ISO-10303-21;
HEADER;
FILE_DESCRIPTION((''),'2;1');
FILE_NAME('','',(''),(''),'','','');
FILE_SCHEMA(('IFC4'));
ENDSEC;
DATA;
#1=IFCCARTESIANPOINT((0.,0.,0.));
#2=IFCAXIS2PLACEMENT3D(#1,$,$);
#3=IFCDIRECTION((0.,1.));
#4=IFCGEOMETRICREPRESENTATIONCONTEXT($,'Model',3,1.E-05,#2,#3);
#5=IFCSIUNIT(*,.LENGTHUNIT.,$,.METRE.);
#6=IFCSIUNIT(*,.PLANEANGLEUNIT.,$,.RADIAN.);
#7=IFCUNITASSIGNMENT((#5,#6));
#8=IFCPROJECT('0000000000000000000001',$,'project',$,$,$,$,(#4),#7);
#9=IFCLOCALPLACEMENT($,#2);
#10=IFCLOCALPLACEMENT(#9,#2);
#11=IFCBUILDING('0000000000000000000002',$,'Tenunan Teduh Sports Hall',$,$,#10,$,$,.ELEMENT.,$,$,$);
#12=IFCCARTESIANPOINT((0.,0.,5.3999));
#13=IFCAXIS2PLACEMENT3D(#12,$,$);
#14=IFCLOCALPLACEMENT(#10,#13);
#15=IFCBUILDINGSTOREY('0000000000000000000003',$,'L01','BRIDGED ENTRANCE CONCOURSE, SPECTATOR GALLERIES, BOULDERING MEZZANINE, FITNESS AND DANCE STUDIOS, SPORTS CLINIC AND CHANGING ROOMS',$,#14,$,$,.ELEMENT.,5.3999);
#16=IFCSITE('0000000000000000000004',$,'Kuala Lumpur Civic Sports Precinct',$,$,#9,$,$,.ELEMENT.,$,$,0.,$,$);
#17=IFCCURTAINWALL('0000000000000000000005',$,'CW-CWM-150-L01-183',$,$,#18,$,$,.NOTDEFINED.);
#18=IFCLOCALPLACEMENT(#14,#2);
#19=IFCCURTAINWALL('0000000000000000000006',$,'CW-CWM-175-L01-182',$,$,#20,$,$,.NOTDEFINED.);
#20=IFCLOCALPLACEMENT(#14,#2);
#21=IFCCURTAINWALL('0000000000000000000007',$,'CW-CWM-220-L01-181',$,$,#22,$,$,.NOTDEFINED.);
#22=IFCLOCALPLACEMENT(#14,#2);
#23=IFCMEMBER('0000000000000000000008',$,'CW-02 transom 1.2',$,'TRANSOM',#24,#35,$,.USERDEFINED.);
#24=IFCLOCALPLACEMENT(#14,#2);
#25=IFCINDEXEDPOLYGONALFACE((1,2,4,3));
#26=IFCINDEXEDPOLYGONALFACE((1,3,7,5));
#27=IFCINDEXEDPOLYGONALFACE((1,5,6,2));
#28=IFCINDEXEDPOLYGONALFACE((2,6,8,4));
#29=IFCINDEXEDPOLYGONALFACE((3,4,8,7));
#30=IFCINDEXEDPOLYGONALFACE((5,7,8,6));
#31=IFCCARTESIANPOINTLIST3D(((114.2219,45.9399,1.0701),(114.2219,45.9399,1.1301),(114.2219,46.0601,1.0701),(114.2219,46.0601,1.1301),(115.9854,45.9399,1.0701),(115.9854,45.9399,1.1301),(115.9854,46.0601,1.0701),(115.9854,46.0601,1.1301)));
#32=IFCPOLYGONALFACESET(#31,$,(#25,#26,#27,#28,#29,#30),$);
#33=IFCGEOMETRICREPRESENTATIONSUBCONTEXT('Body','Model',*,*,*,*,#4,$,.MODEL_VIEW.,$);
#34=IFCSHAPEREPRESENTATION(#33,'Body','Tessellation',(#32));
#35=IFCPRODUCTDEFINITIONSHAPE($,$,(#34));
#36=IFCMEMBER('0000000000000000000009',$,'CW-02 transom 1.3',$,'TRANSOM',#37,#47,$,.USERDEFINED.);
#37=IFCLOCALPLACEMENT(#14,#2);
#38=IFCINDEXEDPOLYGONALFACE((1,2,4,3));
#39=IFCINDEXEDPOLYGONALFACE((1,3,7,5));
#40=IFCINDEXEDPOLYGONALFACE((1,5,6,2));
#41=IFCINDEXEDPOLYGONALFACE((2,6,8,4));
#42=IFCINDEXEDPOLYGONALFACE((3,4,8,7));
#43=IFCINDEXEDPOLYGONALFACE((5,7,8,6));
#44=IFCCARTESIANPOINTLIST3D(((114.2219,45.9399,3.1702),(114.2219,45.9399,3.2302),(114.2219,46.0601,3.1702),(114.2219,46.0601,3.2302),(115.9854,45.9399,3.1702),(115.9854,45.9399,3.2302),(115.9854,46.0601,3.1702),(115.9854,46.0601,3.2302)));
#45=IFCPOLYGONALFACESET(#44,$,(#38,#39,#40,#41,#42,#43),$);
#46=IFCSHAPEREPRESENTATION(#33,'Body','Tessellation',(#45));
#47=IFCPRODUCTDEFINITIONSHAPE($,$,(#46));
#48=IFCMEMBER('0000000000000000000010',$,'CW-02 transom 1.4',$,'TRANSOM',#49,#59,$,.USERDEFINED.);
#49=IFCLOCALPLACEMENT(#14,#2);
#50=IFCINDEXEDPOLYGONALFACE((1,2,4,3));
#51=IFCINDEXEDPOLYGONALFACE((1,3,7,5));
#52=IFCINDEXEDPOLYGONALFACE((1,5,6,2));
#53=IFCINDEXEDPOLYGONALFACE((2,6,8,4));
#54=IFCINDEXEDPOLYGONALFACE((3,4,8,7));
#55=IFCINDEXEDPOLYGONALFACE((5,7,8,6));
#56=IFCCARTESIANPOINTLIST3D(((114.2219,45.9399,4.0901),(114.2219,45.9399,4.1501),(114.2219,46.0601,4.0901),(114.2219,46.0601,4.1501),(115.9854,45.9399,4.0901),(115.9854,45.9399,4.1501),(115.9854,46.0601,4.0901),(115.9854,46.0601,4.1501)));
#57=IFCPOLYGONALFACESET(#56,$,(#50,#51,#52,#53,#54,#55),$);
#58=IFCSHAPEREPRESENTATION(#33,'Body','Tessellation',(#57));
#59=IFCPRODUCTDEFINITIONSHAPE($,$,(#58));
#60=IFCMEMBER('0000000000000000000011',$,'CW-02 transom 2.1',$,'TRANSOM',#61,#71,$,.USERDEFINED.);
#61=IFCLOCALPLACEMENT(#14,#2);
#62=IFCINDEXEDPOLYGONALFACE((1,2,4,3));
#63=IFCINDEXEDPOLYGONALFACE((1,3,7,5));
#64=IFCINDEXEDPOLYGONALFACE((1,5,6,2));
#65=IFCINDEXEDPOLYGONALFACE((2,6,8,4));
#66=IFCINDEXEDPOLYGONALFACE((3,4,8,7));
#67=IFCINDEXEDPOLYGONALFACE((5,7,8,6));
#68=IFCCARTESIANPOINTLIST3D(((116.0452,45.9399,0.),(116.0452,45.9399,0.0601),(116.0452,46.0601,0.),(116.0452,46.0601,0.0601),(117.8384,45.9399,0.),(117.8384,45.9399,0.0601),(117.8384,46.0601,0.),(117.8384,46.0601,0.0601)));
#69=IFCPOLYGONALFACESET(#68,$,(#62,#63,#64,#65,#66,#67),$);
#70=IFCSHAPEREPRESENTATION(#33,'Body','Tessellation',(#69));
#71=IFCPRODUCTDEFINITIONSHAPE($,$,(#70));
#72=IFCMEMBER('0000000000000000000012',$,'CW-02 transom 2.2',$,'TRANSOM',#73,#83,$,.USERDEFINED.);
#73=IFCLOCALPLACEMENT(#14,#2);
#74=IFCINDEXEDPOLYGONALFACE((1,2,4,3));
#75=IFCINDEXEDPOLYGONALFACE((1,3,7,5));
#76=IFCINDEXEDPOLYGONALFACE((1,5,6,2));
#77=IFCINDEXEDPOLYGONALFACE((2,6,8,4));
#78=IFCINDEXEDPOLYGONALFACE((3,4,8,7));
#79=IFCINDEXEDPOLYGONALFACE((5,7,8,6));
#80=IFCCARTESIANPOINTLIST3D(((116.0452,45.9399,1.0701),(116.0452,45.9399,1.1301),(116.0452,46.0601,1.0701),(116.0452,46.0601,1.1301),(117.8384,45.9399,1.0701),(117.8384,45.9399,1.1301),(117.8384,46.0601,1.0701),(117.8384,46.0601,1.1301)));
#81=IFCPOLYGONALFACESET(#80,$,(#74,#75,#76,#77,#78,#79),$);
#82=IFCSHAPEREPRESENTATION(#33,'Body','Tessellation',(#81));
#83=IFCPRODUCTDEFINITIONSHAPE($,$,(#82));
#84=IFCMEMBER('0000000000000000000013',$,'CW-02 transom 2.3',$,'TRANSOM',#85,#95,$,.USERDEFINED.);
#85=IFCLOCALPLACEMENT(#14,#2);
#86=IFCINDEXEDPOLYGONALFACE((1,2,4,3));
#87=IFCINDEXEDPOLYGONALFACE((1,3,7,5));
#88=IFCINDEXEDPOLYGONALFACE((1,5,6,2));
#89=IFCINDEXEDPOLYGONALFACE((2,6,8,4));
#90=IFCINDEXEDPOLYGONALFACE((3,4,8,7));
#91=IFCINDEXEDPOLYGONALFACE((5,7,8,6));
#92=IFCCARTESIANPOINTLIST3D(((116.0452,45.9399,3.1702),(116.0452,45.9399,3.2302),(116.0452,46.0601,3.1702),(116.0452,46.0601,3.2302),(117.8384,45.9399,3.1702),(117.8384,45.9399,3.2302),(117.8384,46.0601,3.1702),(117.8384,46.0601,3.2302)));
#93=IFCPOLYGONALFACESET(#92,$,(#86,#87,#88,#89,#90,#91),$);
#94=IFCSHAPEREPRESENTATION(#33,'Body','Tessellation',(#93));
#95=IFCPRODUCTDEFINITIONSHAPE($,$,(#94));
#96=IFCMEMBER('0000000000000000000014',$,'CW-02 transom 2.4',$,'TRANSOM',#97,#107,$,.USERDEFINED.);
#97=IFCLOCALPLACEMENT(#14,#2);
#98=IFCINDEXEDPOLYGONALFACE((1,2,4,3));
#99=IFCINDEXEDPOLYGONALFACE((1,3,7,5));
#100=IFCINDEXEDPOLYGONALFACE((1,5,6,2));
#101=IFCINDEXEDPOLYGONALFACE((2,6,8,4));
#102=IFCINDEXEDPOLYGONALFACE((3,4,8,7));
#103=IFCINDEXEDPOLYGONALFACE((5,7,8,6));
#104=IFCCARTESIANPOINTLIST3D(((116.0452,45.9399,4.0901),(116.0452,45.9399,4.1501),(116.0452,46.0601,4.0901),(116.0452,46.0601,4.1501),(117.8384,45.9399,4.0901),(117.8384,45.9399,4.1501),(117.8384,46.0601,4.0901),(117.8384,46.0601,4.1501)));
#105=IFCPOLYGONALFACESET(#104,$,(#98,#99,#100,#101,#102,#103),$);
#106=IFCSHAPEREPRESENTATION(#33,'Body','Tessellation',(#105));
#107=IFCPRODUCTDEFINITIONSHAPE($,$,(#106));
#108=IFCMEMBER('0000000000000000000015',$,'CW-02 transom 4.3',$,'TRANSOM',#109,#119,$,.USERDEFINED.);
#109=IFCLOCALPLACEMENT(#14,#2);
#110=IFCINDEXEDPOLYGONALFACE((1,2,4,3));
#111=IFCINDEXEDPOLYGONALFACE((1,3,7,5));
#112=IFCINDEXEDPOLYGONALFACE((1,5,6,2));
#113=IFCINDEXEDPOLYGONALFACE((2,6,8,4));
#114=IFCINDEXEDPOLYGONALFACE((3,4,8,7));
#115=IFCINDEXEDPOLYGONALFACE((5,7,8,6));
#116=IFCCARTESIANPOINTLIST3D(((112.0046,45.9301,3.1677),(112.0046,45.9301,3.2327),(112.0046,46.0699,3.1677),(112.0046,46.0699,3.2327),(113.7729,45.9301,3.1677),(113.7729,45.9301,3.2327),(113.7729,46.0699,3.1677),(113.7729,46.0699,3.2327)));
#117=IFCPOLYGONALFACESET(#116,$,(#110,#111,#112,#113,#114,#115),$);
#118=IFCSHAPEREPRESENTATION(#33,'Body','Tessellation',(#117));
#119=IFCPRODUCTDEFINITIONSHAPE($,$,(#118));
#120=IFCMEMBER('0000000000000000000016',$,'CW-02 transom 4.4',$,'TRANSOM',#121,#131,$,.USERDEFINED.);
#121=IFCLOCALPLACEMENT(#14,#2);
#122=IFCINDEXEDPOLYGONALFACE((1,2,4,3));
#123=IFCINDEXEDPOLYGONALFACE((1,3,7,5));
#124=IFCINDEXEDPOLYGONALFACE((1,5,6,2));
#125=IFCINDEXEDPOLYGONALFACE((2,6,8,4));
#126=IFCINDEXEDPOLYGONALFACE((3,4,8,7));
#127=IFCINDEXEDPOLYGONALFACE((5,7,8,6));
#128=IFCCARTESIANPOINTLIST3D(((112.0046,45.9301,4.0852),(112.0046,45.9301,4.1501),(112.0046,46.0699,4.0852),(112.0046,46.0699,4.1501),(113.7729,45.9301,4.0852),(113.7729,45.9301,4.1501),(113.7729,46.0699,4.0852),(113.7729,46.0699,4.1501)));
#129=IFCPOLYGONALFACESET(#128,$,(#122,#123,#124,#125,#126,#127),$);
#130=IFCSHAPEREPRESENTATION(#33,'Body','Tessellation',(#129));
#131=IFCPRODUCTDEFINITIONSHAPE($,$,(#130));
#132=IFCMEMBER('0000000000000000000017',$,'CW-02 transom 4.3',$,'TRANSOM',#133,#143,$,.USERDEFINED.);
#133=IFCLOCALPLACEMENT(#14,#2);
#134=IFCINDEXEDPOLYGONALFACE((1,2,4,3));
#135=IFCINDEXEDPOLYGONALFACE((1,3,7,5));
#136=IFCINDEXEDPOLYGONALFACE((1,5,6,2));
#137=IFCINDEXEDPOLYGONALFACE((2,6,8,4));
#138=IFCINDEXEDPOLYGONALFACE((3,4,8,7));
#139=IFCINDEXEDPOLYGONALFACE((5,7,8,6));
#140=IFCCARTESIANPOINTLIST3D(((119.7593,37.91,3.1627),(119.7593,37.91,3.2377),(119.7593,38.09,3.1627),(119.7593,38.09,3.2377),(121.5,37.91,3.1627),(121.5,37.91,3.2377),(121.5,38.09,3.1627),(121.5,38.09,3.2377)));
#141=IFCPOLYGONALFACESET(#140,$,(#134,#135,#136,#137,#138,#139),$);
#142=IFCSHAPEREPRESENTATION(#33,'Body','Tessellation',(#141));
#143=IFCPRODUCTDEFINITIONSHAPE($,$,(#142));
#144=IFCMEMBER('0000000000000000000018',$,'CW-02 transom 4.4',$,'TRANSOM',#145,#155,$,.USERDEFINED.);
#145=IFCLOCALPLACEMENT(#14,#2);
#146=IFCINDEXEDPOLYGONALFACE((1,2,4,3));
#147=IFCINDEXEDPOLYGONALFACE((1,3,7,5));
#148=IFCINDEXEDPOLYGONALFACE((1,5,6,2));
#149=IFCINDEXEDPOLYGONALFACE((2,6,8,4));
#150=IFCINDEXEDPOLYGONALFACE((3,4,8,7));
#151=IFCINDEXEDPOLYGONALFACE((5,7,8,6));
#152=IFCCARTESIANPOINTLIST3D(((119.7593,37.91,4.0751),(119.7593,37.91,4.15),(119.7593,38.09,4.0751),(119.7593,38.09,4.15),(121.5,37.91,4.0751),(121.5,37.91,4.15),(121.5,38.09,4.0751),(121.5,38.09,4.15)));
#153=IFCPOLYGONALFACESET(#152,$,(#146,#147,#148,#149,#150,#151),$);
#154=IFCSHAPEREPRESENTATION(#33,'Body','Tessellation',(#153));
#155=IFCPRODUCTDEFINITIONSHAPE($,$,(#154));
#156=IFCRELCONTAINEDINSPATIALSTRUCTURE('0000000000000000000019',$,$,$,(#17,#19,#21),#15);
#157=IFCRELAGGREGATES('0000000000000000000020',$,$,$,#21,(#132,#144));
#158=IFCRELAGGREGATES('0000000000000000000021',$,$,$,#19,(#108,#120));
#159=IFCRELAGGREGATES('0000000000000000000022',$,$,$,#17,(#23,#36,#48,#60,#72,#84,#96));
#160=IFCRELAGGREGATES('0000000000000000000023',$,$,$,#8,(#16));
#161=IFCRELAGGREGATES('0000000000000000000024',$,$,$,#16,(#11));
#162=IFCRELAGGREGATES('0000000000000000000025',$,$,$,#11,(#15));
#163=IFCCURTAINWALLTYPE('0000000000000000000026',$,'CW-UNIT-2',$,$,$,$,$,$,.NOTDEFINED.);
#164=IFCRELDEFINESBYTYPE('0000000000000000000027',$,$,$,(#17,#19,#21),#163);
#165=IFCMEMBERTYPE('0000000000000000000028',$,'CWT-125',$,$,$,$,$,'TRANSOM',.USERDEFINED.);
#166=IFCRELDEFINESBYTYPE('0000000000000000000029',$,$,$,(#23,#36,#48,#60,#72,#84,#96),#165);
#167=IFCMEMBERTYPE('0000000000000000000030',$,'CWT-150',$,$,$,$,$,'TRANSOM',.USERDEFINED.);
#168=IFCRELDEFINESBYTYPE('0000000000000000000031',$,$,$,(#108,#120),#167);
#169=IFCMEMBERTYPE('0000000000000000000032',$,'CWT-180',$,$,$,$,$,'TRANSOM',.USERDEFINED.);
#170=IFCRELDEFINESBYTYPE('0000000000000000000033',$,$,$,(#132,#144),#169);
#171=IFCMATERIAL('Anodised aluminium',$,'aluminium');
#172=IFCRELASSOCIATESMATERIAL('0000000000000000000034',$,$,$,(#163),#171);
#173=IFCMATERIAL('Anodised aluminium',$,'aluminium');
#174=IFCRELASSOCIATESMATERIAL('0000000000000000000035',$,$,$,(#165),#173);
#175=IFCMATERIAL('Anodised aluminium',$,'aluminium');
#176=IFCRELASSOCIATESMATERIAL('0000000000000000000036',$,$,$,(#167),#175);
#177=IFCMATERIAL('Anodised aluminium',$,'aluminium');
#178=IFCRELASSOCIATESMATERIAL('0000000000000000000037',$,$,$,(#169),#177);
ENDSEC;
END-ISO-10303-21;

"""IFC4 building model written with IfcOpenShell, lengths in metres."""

from ifc_helpers import new_model, si_unit, direction, frame, origin, origin_2d, place, context, subcontext, project, spatial, rectangle, extrude, material, material_profile, profile_set, type_object, element, aggregate, save


model = new_model("IFC4")

# Units and contexts
model_context = context("Model", 3, precision=1e-05, world=origin(), true_north=direction((0.0, 1.0)))
body_context = subcontext(model_context, "Body", "Model", "MODEL_VIEW")
ifc_project = project(units=[si_unit("LENGTHUNIT", "METRE"), si_unit("PLANEANGLEUNIT", "RADIAN")], contexts=[model_context])

# Site, building, storey
site_placement = place(None, origin())
site = spatial("IfcSite", under=ifc_project, at=site_placement, Name="Kuala Lumpur Civic Sports Precinct", CompositionType="ELEMENT", RefElevation=0.0)
building_placement = place(site_placement, origin())
building = spatial("IfcBuilding", under=site, at=building_placement, Name="Tenunan Teduh Sports Hall", CompositionType="ELEMENT")
storey_placement = place(building_placement, frame((0.0, 0.0, 5.3999)))
storey = spatial("IfcBuildingStorey", under=building, at=storey_placement, Name="L01", Description="BRIDGED ENTRANCE CONCOURSE, SPECTATOR GALLERIES, BOULDERING MEZZANINE, FITNESS AND DANCE STUDIOS, SPORTS CLINIC AND CHANGING ROOMS", CompositionType="ELEMENT", Elevation=5.3999)

# Curtain wall
ifc_material_1 = material(Name="Anodised aluminium", Category="aluminium")
curtain_wall_type = type_object("IfcCurtainWallType", Name="CW-UNIT-2", PredefinedType="NOTDEFINED", material=ifc_material_1)
curtain_wall_1_placement = place(storey_placement, origin())
curtain_wall_1 = element("IfcCurtainWall", 1, at=curtain_wall_1_placement, inside=storey, type_object=curtain_wall_type, Name="CW-CWM-150-L01-183", PredefinedType="NOTDEFINED")

# Curtain walls
curtain_wall_2_placement = place(storey_placement, origin())
curtain_wall_2 = element("IfcCurtainWall", 2, at=curtain_wall_2_placement, inside=storey, type_object=curtain_wall_type, Name="CW-CWM-175-L01-182", PredefinedType="NOTDEFINED")
curtain_wall_3_placement = place(storey_placement, origin())
curtain_wall_3 = element("IfcCurtainWall", 3, at=curtain_wall_3_placement, inside=storey, type_object=curtain_wall_type, Name="CW-CWM-220-L01-181", PredefinedType="NOTDEFINED")

# Members
ifc_material_2 = material(Name="Anodised aluminium", Category="aluminium")
ifc_material_profile_1 = material_profile(ifc_material_2, rectangle(XDim=0.0601, YDim=0.1201, at=origin_2d()), Name="CWT 60x120")
ifc_profile_set_1 = profile_set([ifc_material_profile_1], Name="Anodised aluminium")
member_type_1 = type_object("IfcMemberType", Name="CWT-125", ElementType="TRANSOM", PredefinedType="USERDEFINED", material=ifc_profile_set_1)
member_1_placement = place(storey_placement, frame((114.2219, 46.0, 1.1001), z_axis=(1.0, 0.0, 0.0), x_axis=(0.0, 0.0, 1.0)))
member_1 = element("IfcMember", 4, at=member_1_placement, type_object=member_type_1, Name="CW-02 transom 1.2", ObjectType="TRANSOM", PredefinedType="USERDEFINED", context=body_context, shape_type="SweptSolid", body=[
    extrude(rectangle(XDim=0.0601, YDim=0.1201, at=origin_2d()), origin(), (0.0, 0.0, 1.0), 1.7634),
])
member_2_placement = place(storey_placement, frame((114.2219, 46.0, 3.2002), z_axis=(1.0, 0.0, 0.0), x_axis=(0.0, 0.0, 1.0)))
member_2 = element("IfcMember", 5, at=member_2_placement, type_object=member_type_1, Name="CW-02 transom 1.3", ObjectType="TRANSOM", PredefinedType="USERDEFINED", context=body_context, shape_type="SweptSolid", body=[
    extrude(rectangle(XDim=0.0601, YDim=0.1201, at=origin_2d()), origin(), (0.0, 0.0, 1.0), 1.7634),
])
member_3_placement = place(storey_placement, frame((114.2219, 46.0, 4.1201), z_axis=(1.0, 0.0, 0.0), x_axis=(0.0, 0.0, 1.0)))
member_3 = element("IfcMember", 6, at=member_3_placement, type_object=member_type_1, Name="CW-02 transom 1.4", ObjectType="TRANSOM", PredefinedType="USERDEFINED", context=body_context, shape_type="SweptSolid", body=[
    extrude(rectangle(XDim=0.0601, YDim=0.1201, at=origin_2d()), origin(), (0.0, 0.0, 1.0), 1.7634),
])
member_4_placement = place(storey_placement, frame((116.0452, 46.0, 0.03), z_axis=(1.0, 0.0, 0.0), x_axis=(0.0, 0.0, 1.0)))
member_4 = element("IfcMember", 7, at=member_4_placement, type_object=member_type_1, Name="CW-02 transom 2.1", ObjectType="TRANSOM", PredefinedType="USERDEFINED", context=body_context, shape_type="SweptSolid", body=[
    extrude(rectangle(XDim=0.0601, YDim=0.1201, at=origin_2d()), origin(), (0.0, 0.0, 1.0), 1.7932),
])
member_5_placement = place(storey_placement, frame((116.0452, 46.0, 1.1001), z_axis=(1.0, 0.0, 0.0), x_axis=(0.0, 0.0, 1.0)))
member_5 = element("IfcMember", 8, at=member_5_placement, type_object=member_type_1, Name="CW-02 transom 2.2", ObjectType="TRANSOM", PredefinedType="USERDEFINED", context=body_context, shape_type="SweptSolid", body=[
    extrude(rectangle(XDim=0.0601, YDim=0.1201, at=origin_2d()), origin(), (0.0, 0.0, 1.0), 1.7932),
])
member_6_placement = place(storey_placement, frame((116.0452, 46.0, 3.2002), z_axis=(1.0, 0.0, 0.0), x_axis=(0.0, 0.0, 1.0)))
member_6 = element("IfcMember", 9, at=member_6_placement, type_object=member_type_1, Name="CW-02 transom 2.3", ObjectType="TRANSOM", PredefinedType="USERDEFINED", context=body_context, shape_type="SweptSolid", body=[
    extrude(rectangle(XDim=0.0601, YDim=0.1201, at=origin_2d()), origin(), (0.0, 0.0, 1.0), 1.7932),
])
member_7_placement = place(storey_placement, frame((116.0452, 46.0, 4.1201), z_axis=(1.0, 0.0, 0.0), x_axis=(0.0, 0.0, 1.0)))
member_7 = element("IfcMember", 10, at=member_7_placement, type_object=member_type_1, Name="CW-02 transom 2.4", ObjectType="TRANSOM", PredefinedType="USERDEFINED", context=body_context, shape_type="SweptSolid", body=[
    extrude(rectangle(XDim=0.0601, YDim=0.1201, at=origin_2d()), origin(), (0.0, 0.0, 1.0), 1.7932),
])
ifc_material_3 = material(Name="Anodised aluminium", Category="aluminium")
ifc_material_profile_2 = material_profile(ifc_material_3, rectangle(XDim=0.0649, YDim=0.1399, at=origin_2d()), Name="CWT 65x140")
ifc_profile_set_2 = profile_set([ifc_material_profile_2], Name="Anodised aluminium")
member_type_2 = type_object("IfcMemberType", Name="CWT-150", ElementType="TRANSOM", PredefinedType="USERDEFINED", material=ifc_profile_set_2)
member_8_placement = place(storey_placement, frame((112.0046, 46.0, 3.2002), z_axis=(1.0, 0.0, 0.0), x_axis=(0.0, 0.0, 1.0)))
member_8 = element("IfcMember", 11, at=member_8_placement, type_object=member_type_2, Name="CW-02 transom 4.3", ObjectType="TRANSOM", PredefinedType="USERDEFINED", context=body_context, shape_type="SweptSolid", body=[
    extrude(rectangle(XDim=0.0649, YDim=0.1399, at=origin_2d()), origin(), (0.0, 0.0, 1.0), 1.7683),
])
member_9_placement = place(storey_placement, frame((112.0046, 46.0, 4.1177), z_axis=(1.0, 0.0, 0.0), x_axis=(0.0, 0.0, 1.0)))
member_9 = element("IfcMember", 12, at=member_9_placement, type_object=member_type_2, Name="CW-02 transom 4.4", ObjectType="TRANSOM", PredefinedType="USERDEFINED", context=body_context, shape_type="SweptSolid", body=[
    extrude(rectangle(XDim=0.0649, YDim=0.1399, at=origin_2d()), origin(), (0.0, 0.0, 1.0), 1.7683),
])
ifc_material_4 = material(Name="Anodised aluminium", Category="aluminium")
ifc_material_profile_3 = material_profile(ifc_material_4, rectangle(XDim=0.075, YDim=0.1799, at=origin_2d()), Name="CWT 75x180")
ifc_profile_set_3 = profile_set([ifc_material_profile_3], Name="Anodised aluminium")
member_type_3 = type_object("IfcMemberType", Name="CWT-180", ElementType="TRANSOM", PredefinedType="USERDEFINED", material=ifc_profile_set_3)
member_10_placement = place(storey_placement, frame((119.7593, 38.0, 3.2002), z_axis=(1.0, 0.0, 0.0), x_axis=(0.0, 0.0, 1.0)))
member_10 = element("IfcMember", 13, at=member_10_placement, type_object=member_type_3, Name="CW-02 transom 4.3", ObjectType="TRANSOM", PredefinedType="USERDEFINED", context=body_context, shape_type="SweptSolid", body=[
    extrude(rectangle(XDim=0.075, YDim=0.1799, at=origin_2d()), origin(), (0.0, 0.0, 1.0), 1.7407),
])
member_11_placement = place(storey_placement, frame((119.7593, 38.0, 4.1125), z_axis=(1.0, 0.0, 0.0), x_axis=(0.0, 0.0, 1.0)))
member_11 = element("IfcMember", 14, at=member_11_placement, type_object=member_type_3, Name="CW-02 transom 4.4", ObjectType="TRANSOM", PredefinedType="USERDEFINED", context=body_context, shape_type="SweptSolid", body=[
    extrude(rectangle(XDim=0.075, YDim=0.1799, at=origin_2d()), origin(), (0.0, 0.0, 1.0), 1.7407),
])

aggregate(curtain_wall_3, [member_10, member_11])
aggregate(curtain_wall_2, [member_8, member_9])
aggregate(curtain_wall_1, [member_1, member_2, member_3, member_4, member_5, member_6, member_7])

save(model, "model.ifc")
